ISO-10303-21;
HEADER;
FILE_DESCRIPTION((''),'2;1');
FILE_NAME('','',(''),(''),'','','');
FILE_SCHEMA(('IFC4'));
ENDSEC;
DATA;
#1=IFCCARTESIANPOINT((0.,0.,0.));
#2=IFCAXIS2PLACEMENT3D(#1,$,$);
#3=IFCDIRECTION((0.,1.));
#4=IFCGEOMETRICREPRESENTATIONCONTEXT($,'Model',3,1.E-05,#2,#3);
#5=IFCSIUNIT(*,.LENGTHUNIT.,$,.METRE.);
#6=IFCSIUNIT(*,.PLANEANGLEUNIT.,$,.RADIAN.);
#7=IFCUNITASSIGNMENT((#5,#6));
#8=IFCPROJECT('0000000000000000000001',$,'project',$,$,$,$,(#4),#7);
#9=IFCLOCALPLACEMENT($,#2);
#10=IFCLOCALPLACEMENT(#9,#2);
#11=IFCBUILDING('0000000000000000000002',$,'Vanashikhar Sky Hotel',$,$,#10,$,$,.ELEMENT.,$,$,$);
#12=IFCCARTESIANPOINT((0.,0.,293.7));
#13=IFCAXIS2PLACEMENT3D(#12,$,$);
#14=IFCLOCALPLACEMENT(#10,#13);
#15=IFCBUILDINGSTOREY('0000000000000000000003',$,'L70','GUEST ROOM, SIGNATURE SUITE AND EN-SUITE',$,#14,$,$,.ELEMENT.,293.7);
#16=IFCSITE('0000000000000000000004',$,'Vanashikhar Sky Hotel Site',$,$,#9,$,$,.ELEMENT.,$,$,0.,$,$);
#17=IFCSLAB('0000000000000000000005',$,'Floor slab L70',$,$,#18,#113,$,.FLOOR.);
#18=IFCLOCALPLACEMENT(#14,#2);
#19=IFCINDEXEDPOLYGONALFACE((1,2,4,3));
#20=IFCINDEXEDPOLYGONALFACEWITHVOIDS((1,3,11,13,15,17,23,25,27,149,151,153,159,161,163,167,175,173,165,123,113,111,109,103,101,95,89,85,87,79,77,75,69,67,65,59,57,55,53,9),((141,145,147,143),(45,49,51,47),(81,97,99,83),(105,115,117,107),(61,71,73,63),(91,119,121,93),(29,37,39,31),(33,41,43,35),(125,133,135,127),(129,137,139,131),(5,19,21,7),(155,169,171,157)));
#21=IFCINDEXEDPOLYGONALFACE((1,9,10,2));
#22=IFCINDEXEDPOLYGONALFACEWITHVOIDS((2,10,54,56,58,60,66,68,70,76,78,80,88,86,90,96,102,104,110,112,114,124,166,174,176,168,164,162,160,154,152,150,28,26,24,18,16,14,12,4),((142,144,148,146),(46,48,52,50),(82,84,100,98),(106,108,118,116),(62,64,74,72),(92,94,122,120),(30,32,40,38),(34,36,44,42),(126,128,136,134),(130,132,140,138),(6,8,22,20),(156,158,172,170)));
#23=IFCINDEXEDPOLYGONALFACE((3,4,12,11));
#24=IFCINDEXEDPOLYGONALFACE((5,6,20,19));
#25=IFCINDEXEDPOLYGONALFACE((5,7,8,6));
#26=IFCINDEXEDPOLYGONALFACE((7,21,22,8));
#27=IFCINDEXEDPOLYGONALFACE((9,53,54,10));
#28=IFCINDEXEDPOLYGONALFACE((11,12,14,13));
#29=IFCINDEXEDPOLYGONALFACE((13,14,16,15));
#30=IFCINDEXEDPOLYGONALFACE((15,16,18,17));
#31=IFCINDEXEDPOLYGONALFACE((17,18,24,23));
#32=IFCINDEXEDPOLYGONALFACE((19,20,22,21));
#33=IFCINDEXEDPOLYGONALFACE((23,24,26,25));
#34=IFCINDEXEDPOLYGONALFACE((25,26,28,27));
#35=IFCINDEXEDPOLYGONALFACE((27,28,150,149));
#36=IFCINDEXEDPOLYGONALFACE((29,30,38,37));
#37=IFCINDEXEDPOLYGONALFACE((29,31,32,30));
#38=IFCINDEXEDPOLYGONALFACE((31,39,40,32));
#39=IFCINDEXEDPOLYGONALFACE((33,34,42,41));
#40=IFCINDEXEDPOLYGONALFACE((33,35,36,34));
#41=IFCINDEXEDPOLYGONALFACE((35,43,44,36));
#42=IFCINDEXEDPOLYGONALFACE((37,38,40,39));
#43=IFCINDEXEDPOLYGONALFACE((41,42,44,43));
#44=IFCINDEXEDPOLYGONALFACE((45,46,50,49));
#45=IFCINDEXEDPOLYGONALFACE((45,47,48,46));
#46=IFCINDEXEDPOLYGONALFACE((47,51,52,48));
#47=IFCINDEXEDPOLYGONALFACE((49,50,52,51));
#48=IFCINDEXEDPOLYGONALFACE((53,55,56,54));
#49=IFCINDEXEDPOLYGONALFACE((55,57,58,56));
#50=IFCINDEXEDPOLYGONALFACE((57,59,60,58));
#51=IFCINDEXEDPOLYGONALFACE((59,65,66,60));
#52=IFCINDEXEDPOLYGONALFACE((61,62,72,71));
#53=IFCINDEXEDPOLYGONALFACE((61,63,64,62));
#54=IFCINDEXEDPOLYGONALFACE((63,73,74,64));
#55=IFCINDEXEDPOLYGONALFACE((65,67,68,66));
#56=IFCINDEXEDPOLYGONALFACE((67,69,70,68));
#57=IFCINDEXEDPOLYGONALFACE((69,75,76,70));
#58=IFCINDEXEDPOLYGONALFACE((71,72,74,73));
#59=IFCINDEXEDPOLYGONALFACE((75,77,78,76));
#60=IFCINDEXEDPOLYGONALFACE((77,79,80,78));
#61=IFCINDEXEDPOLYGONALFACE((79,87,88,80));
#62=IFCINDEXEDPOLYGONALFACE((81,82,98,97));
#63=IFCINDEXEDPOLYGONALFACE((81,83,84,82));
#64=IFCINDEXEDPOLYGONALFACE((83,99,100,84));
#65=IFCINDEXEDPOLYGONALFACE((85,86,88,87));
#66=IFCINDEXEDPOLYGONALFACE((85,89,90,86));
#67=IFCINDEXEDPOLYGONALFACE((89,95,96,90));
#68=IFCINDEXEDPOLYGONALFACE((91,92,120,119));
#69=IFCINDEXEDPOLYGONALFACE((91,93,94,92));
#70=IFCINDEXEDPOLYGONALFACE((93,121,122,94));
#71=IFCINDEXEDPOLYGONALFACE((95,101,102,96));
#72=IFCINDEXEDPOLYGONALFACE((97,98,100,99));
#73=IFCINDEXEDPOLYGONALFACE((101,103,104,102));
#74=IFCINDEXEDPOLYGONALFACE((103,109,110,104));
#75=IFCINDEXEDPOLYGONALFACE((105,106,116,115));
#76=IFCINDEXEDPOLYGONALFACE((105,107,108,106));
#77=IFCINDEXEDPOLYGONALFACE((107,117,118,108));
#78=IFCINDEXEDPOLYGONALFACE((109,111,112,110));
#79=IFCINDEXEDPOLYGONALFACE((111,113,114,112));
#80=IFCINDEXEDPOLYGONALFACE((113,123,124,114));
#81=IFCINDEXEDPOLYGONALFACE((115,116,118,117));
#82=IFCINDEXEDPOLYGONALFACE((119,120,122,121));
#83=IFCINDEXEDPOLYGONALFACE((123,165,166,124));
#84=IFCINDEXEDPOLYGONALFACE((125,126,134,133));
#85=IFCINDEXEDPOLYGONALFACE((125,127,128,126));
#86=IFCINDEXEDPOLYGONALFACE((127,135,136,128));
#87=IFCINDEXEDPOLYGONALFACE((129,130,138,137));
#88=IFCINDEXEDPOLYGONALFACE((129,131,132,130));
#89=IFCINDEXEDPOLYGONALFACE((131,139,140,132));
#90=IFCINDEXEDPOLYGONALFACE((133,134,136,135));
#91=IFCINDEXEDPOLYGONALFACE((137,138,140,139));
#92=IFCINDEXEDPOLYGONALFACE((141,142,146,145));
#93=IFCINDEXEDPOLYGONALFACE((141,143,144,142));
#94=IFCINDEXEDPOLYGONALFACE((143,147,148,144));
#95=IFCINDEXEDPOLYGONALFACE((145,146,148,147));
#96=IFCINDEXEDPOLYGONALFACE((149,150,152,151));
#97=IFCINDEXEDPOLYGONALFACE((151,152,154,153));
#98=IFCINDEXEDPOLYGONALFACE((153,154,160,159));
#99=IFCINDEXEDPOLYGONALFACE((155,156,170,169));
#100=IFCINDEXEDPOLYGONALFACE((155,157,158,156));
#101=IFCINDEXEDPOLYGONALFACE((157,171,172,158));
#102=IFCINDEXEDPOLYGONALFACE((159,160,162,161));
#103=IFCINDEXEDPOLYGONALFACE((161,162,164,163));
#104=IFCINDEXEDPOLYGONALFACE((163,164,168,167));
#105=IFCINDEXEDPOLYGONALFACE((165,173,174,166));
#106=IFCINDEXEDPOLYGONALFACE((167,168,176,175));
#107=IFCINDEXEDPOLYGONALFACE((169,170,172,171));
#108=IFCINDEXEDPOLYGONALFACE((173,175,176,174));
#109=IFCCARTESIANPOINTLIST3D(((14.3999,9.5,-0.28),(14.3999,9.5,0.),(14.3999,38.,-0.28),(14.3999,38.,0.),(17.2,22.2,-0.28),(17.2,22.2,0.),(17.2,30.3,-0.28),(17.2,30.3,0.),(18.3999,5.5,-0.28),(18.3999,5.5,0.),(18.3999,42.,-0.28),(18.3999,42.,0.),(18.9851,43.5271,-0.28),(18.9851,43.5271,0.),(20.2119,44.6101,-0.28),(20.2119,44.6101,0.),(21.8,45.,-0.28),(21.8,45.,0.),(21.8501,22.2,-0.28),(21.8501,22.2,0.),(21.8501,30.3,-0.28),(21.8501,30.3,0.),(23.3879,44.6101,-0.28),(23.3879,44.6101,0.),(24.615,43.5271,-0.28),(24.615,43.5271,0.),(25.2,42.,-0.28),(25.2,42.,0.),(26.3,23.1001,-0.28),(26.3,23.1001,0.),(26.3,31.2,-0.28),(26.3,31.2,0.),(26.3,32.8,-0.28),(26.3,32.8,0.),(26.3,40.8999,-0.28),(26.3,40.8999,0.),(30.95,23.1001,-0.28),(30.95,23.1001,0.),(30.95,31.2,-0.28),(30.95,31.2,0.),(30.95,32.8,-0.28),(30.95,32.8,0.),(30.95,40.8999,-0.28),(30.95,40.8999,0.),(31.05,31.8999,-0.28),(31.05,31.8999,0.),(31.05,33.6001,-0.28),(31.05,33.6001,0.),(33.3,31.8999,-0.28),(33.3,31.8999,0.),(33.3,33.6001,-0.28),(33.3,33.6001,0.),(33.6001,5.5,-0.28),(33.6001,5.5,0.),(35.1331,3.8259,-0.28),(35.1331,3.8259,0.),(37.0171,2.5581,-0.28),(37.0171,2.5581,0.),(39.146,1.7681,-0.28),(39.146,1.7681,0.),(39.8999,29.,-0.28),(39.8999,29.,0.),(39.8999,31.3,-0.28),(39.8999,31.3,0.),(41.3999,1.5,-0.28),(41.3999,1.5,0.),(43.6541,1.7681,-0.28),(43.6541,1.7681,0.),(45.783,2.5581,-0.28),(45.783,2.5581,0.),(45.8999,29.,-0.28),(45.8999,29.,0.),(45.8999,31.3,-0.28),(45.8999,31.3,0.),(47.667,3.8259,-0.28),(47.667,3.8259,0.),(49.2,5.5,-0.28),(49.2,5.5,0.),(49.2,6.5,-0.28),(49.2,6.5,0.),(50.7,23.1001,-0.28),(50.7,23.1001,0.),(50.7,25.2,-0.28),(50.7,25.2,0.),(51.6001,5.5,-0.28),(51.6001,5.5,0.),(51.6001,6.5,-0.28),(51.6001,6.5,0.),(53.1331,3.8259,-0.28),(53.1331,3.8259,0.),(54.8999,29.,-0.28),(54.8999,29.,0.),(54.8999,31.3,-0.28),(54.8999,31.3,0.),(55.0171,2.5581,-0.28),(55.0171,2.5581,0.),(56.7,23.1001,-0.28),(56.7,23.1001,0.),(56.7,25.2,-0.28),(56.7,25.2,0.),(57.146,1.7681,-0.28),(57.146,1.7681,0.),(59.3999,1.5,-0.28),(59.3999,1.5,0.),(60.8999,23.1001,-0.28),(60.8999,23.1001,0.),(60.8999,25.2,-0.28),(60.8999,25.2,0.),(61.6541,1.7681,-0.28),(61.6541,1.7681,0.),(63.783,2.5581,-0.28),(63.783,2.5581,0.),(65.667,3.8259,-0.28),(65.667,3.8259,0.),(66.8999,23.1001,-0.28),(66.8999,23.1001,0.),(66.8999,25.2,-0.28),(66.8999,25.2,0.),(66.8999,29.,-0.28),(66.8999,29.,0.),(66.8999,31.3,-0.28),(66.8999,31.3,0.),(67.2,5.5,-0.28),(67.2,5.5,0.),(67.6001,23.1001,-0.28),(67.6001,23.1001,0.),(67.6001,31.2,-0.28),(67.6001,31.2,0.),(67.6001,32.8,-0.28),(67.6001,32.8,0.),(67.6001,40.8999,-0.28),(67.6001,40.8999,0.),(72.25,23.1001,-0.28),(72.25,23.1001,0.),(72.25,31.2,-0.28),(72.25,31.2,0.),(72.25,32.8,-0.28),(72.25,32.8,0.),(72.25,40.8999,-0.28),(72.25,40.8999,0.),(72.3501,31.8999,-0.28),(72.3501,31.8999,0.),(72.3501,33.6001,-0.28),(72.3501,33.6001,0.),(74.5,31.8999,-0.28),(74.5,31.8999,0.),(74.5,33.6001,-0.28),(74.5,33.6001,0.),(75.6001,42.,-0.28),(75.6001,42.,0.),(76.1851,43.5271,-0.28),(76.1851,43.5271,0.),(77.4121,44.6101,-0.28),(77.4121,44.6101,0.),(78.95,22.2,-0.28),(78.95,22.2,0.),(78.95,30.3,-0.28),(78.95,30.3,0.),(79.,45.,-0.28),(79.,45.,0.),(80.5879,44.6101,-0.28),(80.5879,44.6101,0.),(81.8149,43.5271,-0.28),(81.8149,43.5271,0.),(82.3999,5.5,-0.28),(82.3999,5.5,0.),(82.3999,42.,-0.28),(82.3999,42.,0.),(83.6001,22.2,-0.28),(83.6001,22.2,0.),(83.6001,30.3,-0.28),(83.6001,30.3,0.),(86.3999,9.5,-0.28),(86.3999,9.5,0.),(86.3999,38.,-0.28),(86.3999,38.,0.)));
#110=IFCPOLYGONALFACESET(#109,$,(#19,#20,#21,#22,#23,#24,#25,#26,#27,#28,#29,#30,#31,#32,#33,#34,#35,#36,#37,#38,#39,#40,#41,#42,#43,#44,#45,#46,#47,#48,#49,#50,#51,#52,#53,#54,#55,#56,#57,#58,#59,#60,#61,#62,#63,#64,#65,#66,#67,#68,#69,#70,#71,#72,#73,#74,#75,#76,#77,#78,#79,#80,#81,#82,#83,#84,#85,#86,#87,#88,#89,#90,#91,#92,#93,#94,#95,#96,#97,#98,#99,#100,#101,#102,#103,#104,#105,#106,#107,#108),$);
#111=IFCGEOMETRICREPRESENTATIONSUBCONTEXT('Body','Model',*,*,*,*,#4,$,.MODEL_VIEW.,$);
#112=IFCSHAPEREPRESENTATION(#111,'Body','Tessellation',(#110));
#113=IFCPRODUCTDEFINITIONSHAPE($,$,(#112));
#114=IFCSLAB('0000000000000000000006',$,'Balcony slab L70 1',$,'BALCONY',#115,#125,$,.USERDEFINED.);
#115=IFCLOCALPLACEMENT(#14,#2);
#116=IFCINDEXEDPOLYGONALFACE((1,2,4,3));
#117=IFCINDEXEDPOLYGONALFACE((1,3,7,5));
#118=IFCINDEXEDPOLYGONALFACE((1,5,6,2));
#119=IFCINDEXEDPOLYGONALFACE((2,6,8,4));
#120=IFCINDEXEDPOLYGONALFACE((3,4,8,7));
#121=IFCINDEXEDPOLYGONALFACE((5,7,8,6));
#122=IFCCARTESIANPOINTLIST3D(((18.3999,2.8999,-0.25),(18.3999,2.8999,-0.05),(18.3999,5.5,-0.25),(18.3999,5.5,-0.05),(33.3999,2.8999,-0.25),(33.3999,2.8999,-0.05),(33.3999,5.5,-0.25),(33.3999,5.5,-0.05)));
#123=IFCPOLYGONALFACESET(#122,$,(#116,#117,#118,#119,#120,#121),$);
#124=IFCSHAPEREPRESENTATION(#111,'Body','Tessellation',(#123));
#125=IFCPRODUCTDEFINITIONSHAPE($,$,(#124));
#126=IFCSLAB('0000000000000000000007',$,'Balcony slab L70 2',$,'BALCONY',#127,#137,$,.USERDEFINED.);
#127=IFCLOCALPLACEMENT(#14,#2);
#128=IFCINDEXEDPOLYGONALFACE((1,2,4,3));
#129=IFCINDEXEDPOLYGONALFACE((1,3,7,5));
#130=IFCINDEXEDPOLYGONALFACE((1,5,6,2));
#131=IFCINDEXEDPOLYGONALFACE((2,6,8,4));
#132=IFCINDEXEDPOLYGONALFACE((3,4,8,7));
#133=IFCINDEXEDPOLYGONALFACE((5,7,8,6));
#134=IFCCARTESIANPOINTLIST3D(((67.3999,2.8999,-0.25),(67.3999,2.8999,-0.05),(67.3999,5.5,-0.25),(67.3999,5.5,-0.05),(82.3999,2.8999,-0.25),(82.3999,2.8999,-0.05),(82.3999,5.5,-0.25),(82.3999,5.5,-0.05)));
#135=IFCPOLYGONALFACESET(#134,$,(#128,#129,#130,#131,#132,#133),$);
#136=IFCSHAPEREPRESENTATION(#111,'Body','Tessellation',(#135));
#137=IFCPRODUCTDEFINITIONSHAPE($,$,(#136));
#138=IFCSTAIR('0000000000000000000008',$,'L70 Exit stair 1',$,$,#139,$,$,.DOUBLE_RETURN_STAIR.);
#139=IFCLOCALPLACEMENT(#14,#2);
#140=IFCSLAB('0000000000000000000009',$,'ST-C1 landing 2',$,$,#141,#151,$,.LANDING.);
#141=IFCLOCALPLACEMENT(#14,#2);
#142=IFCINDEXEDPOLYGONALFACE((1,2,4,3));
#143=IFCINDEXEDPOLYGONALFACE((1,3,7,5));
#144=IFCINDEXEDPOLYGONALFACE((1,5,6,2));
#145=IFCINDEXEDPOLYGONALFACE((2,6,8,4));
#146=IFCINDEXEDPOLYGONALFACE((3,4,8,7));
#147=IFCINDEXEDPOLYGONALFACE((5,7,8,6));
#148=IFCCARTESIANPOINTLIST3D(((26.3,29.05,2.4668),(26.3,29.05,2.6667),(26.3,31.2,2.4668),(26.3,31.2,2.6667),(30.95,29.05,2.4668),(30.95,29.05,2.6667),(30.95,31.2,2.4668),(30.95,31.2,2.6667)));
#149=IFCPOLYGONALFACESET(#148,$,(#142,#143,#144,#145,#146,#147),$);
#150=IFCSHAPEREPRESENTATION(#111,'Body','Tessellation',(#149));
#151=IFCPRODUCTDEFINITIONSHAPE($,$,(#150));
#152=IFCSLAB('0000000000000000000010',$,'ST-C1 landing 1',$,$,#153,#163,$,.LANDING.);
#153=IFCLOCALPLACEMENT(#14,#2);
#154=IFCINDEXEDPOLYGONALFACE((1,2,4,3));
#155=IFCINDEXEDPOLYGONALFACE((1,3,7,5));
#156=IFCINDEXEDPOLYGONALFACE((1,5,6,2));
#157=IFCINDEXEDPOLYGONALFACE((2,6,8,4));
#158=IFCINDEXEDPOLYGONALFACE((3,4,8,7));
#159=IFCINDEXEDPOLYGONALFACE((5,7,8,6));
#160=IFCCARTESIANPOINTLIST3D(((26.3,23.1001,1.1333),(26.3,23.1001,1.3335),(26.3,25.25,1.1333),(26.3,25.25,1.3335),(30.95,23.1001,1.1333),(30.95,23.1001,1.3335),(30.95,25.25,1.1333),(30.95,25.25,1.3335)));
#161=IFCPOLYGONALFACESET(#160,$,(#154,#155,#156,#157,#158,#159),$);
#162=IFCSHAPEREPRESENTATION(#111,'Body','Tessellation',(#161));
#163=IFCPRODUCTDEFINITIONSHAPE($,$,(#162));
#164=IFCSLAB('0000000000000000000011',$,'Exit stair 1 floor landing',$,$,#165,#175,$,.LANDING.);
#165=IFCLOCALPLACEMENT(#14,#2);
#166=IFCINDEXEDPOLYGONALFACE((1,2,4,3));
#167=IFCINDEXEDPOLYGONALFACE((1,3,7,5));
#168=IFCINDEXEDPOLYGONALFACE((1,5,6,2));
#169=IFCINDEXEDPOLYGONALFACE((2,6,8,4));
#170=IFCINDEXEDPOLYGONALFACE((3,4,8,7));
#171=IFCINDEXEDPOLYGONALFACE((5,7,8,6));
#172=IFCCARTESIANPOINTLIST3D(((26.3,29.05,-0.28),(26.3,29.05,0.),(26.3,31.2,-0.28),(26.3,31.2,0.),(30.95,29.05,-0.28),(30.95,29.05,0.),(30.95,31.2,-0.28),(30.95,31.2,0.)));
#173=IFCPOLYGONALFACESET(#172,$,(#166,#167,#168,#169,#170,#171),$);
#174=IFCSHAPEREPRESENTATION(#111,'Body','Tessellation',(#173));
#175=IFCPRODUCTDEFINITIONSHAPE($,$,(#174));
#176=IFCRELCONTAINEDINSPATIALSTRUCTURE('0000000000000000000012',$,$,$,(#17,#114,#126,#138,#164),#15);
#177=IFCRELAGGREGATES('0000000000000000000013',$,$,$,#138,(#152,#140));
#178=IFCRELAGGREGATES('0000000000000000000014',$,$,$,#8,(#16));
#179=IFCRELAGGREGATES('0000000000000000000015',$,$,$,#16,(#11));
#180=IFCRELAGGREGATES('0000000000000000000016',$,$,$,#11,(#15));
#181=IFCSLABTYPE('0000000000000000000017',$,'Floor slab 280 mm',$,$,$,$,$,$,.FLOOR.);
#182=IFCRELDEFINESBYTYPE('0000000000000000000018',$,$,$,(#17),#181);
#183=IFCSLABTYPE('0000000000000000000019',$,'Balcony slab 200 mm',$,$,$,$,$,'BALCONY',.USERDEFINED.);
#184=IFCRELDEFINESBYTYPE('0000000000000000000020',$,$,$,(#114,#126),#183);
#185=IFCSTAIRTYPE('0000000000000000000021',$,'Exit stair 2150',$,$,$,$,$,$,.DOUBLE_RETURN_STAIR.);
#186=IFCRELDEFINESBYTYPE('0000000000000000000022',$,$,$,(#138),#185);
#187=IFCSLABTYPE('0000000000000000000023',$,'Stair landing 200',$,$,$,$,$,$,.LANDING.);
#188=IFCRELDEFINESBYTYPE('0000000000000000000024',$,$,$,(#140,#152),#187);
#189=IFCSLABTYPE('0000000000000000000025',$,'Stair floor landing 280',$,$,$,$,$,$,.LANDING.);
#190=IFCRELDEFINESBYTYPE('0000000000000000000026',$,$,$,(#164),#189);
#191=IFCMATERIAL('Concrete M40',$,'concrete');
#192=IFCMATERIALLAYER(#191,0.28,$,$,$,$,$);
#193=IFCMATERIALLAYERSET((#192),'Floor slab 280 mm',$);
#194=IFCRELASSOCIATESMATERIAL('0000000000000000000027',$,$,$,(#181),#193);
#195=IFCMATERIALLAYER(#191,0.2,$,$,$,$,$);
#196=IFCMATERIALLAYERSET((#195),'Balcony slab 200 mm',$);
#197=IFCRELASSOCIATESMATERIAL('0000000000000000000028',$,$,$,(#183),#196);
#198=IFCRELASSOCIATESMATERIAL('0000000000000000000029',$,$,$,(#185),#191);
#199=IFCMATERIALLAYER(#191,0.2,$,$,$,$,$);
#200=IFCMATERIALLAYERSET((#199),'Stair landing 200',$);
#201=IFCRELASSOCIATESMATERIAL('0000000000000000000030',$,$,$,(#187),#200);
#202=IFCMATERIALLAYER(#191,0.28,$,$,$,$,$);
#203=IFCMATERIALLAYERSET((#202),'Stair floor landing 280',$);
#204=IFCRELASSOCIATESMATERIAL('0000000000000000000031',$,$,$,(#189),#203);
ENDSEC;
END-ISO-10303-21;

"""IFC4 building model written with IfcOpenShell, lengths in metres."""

from ifc_helpers import new_model, si_unit, direction, frame, origin, place, context, subcontext, project, spatial, polyline, outline, extrude, source, transform, mapped, material, layer, layer_set, type_object, element, aggregate, save


model = new_model("IFC4")

# Units and contexts
model_context = context("Model", 3, precision=1e-05, world=origin(), true_north=direction((0.0, 1.0)))
body_context = subcontext(model_context, "Body", "Model", "MODEL_VIEW")
ifc_project = project(units=[si_unit("LENGTHUNIT", "METRE"), si_unit("PLANEANGLEUNIT", "RADIAN")], contexts=[model_context])

# Site, building, storey
site_placement = place(None, origin())
site = spatial("IfcSite", under=ifc_project, at=site_placement, Name="Vanashikhar Sky Hotel Site", CompositionType="ELEMENT", RefElevation=0.0)
building_placement = place(site_placement, origin())
building = spatial("IfcBuilding", under=site, at=building_placement, Name="Vanashikhar Sky Hotel", CompositionType="ELEMENT")
storey_placement = place(building_placement, frame((0.0, 0.0, 293.7)))
storey = spatial("IfcBuildingStorey", under=building, at=storey_placement, Name="L70", Description="GUEST ROOM, SIGNATURE SUITE AND EN-SUITE", CompositionType="ELEMENT", Elevation=293.7)

# Slabs
ifc_material = material(Name="Concrete M40", Category="concrete")
ifc_layer_1 = layer(ifc_material, 0.28)
ifc_layer_set_1 = layer_set([ifc_layer_1], Name="Floor slab 280 mm")
slab_type_1 = type_object("IfcSlabType", Name="Floor slab 280 mm", PredefinedType="FLOOR", material=ifc_layer_set_1)
shared_shape_1 = source(origin(), body_context, "Body", "SweptSolid", [
    extrude(outline(polyline([(49.2, 5.5), (49.2, 6.5), (51.6001, 6.5), (51.6001, 5.5), (53.1331, 3.8259), (55.0171, 2.5581), (57.146, 1.7681), (59.3999, 1.5), (61.6541, 1.7681), (63.783, 2.5581), (65.667, 3.8259), (67.2, 5.5), (82.3999, 5.5), (86.3999, 9.5), (86.3999, 38.0), (82.3999, 42.0), (81.8149, 43.5271), (80.5879, 44.6101), (79.0, 45.0), (77.4121, 44.6101), (76.1851, 43.5271), (75.6001, 42.0), (25.2, 42.0), (24.615, 43.5271), (23.3879, 44.6101), (21.8, 45.0), (20.2119, 44.6101), (18.9851, 43.5271), (18.3999, 42.0), (14.3999, 38.0), (14.3999, 9.5), (18.3999, 5.5), (33.6001, 5.5), (35.1331, 3.8259), (37.0171, 2.5581), (39.146, 1.7681), (41.3999, 1.5), (43.6541, 1.7681), (45.783, 2.5581), (47.667, 3.8259), (49.2, 5.5)]), holes=[polyline([(33.3, 33.6001), (31.05, 33.6001), (31.05, 31.8999), (33.3, 31.8999), (33.3, 33.6001)]), polyline([(39.8999, 31.3), (39.8999, 29.0), (45.8999, 29.0), (45.8999, 31.3), (39.8999, 31.3)]), polyline([(50.7, 25.2), (50.7, 23.1001), (56.7, 23.1001), (56.7, 25.2), (50.7, 25.2)]), polyline([(66.8999, 29.0), (66.8999, 31.3), (54.8999, 31.3), (54.8999, 29.0), (66.8999, 29.0)]), polyline([(60.8999, 25.2), (60.8999, 23.1001), (66.8999, 23.1001), (66.8999, 25.2), (60.8999, 25.2)]), polyline([(74.5, 33.6001), (72.3501, 33.6001), (72.3501, 31.8999), (74.5, 31.8999), (74.5, 33.6001)]), polyline([(30.95, 23.1001), (30.95, 31.2), (26.3, 31.2), (26.3, 23.1001), (30.95, 23.1001)]), polyline([(72.25, 23.1001), (72.25, 31.2), (67.6001, 31.2), (67.6001, 23.1001), (72.25, 23.1001)]), polyline([(30.95, 32.8), (30.95, 40.8999), (26.3, 40.8999), (26.3, 32.8), (30.95, 32.8)]), polyline([(72.25, 32.8), (72.25, 40.8999), (67.6001, 40.8999), (67.6001, 32.8), (72.25, 32.8)]), polyline([(83.6001, 22.2), (83.6001, 30.3), (78.95, 30.3), (78.95, 22.2), (83.6001, 22.2)]), polyline([(21.8501, 22.2), (21.8501, 30.3), (17.2, 30.3), (17.2, 22.2), (21.8501, 22.2)])]), origin(), (0.0, 0.0, 1.0), 0.28),
])
slab_1_placement = place(storey_placement, frame((0.0, 0.0, -0.28)))
element("IfcSlab", 1, at=slab_1_placement, inside=storey, type_object=slab_type_1, Name="Floor slab L70", PredefinedType="FLOOR", context=body_context, shape_type="MappedRepresentation", body=[
    mapped(shared_shape_1, transform((0.0, 0.0, 0.0), scale=1.0)),
])
ifc_layer_2 = layer(ifc_material, 0.2)
ifc_layer_set_2 = layer_set([ifc_layer_2], Name="Balcony slab 200 mm")
slab_type_2 = type_object("IfcSlabType", Name="Balcony slab 200 mm", ElementType="BALCONY", PredefinedType="USERDEFINED", material=ifc_layer_set_2)
shared_shape_2 = source(origin(), body_context, "Body", "SweptSolid", [
    extrude(outline(polyline([(18.3999, 2.8999), (33.3999, 2.8999), (33.3999, 5.5), (18.3999, 5.5), (18.3999, 2.8999)])), origin(), (0.0, 0.0, 1.0), 0.2),
])
slab_2_placement = place(storey_placement, frame((0.0, 0.0, -0.25)))
element("IfcSlab", 2, at=slab_2_placement, inside=storey, type_object=slab_type_2, Name="Balcony slab L70 1", ObjectType="BALCONY", PredefinedType="USERDEFINED", context=body_context, shape_type="MappedRepresentation", body=[
    mapped(shared_shape_2, transform((0.0, 0.0, 0.0), scale=1.0)),
])
shared_shape_3 = source(origin(), body_context, "Body", "SweptSolid", [
    extrude(outline(polyline([(67.3999, 2.8999), (82.3999, 2.8999), (82.3999, 5.5), (67.3999, 5.5), (67.3999, 2.8999)])), origin(), (0.0, 0.0, 1.0), 0.2),
])
slab_3_placement = place(storey_placement, frame((0.0, 0.0, -0.25)))
element("IfcSlab", 3, at=slab_3_placement, inside=storey, type_object=slab_type_2, Name="Balcony slab L70 2", ObjectType="BALCONY", PredefinedType="USERDEFINED", context=body_context, shape_type="MappedRepresentation", body=[
    mapped(shared_shape_3, transform((0.0, 0.0, 0.0), scale=1.0)),
])

# Stair, slabs
stair_type = type_object("IfcStairType", Name="Exit stair 2150", PredefinedType="DOUBLE_RETURN_STAIR", material=ifc_material)
stair_1_placement = place(storey_placement, origin())
stair_1 = element("IfcStair", 4, at=stair_1_placement, inside=storey, type_object=stair_type, Name="L70 Exit stair 1", PredefinedType="DOUBLE_RETURN_STAIR")
ifc_layer_3 = layer(ifc_material, 0.2)
ifc_layer_set_3 = layer_set([ifc_layer_3], Name="Stair landing 200")
slab_type_3 = type_object("IfcSlabType", Name="Stair landing 200", PredefinedType="LANDING", material=ifc_layer_set_3)
shared_shape_4 = source(origin(), body_context, "Body", "SweptSolid", [
    extrude(outline(polyline([(30.95, 29.05), (30.95, 31.2), (26.3, 31.2), (26.3, 29.05), (30.95, 29.05)])), origin(), (0.0, 0.0, 1.0), 0.2),
])
slab_4_placement = place(storey_placement, frame((0.0, 0.0, 2.4668)))
slab_4 = element("IfcSlab", 5, at=slab_4_placement, type_object=slab_type_3, Name="ST-C1 landing 2", PredefinedType="LANDING", context=body_context, shape_type="MappedRepresentation", body=[
    mapped(shared_shape_4, transform((0.0, 0.0, 0.0), scale=1.0)),
])
shared_shape_5 = source(origin(), body_context, "Body", "SweptSolid", [
    extrude(outline(polyline([(30.95, 23.1001), (30.95, 25.25), (26.3, 25.25), (26.3, 23.1001), (30.95, 23.1001)])), origin(), (0.0, 0.0, 1.0), 0.2002),
])
slab_5_placement = place(storey_placement, frame((0.0, 0.0, 1.1333)))
slab_5 = element("IfcSlab", 6, at=slab_5_placement, type_object=slab_type_3, Name="ST-C1 landing 1", PredefinedType="LANDING", context=body_context, shape_type="MappedRepresentation", body=[
    mapped(shared_shape_5, transform((0.0, 0.0, 0.0), scale=1.0)),
])
aggregate(stair_1, [slab_5, slab_4])

# Slab
ifc_layer_4 = layer(ifc_material, 0.28)
ifc_layer_set_4 = layer_set([ifc_layer_4], Name="Stair floor landing 280")
slab_type_4 = type_object("IfcSlabType", Name="Stair floor landing 280", PredefinedType="LANDING", material=ifc_layer_set_4)
shared_shape_6 = source(origin(), body_context, "Body", "SweptSolid", [
    extrude(outline(polyline([(30.95, 29.05), (30.95, 31.2), (26.3, 31.2), (26.3, 29.05), (30.95, 29.05)])), origin(), (0.0, 0.0, 1.0), 0.28),
])
slab_6_placement = place(storey_placement, frame((0.0, 0.0, -0.28)))
element("IfcSlab", 7, at=slab_6_placement, inside=storey, type_object=slab_type_4, Name="Exit stair 1 floor landing", PredefinedType="LANDING", context=body_context, shape_type="MappedRepresentation", body=[
    mapped(shared_shape_6, transform((0.0, 0.0, 0.0), scale=1.0)),
])

save(model, "model.ifc")
